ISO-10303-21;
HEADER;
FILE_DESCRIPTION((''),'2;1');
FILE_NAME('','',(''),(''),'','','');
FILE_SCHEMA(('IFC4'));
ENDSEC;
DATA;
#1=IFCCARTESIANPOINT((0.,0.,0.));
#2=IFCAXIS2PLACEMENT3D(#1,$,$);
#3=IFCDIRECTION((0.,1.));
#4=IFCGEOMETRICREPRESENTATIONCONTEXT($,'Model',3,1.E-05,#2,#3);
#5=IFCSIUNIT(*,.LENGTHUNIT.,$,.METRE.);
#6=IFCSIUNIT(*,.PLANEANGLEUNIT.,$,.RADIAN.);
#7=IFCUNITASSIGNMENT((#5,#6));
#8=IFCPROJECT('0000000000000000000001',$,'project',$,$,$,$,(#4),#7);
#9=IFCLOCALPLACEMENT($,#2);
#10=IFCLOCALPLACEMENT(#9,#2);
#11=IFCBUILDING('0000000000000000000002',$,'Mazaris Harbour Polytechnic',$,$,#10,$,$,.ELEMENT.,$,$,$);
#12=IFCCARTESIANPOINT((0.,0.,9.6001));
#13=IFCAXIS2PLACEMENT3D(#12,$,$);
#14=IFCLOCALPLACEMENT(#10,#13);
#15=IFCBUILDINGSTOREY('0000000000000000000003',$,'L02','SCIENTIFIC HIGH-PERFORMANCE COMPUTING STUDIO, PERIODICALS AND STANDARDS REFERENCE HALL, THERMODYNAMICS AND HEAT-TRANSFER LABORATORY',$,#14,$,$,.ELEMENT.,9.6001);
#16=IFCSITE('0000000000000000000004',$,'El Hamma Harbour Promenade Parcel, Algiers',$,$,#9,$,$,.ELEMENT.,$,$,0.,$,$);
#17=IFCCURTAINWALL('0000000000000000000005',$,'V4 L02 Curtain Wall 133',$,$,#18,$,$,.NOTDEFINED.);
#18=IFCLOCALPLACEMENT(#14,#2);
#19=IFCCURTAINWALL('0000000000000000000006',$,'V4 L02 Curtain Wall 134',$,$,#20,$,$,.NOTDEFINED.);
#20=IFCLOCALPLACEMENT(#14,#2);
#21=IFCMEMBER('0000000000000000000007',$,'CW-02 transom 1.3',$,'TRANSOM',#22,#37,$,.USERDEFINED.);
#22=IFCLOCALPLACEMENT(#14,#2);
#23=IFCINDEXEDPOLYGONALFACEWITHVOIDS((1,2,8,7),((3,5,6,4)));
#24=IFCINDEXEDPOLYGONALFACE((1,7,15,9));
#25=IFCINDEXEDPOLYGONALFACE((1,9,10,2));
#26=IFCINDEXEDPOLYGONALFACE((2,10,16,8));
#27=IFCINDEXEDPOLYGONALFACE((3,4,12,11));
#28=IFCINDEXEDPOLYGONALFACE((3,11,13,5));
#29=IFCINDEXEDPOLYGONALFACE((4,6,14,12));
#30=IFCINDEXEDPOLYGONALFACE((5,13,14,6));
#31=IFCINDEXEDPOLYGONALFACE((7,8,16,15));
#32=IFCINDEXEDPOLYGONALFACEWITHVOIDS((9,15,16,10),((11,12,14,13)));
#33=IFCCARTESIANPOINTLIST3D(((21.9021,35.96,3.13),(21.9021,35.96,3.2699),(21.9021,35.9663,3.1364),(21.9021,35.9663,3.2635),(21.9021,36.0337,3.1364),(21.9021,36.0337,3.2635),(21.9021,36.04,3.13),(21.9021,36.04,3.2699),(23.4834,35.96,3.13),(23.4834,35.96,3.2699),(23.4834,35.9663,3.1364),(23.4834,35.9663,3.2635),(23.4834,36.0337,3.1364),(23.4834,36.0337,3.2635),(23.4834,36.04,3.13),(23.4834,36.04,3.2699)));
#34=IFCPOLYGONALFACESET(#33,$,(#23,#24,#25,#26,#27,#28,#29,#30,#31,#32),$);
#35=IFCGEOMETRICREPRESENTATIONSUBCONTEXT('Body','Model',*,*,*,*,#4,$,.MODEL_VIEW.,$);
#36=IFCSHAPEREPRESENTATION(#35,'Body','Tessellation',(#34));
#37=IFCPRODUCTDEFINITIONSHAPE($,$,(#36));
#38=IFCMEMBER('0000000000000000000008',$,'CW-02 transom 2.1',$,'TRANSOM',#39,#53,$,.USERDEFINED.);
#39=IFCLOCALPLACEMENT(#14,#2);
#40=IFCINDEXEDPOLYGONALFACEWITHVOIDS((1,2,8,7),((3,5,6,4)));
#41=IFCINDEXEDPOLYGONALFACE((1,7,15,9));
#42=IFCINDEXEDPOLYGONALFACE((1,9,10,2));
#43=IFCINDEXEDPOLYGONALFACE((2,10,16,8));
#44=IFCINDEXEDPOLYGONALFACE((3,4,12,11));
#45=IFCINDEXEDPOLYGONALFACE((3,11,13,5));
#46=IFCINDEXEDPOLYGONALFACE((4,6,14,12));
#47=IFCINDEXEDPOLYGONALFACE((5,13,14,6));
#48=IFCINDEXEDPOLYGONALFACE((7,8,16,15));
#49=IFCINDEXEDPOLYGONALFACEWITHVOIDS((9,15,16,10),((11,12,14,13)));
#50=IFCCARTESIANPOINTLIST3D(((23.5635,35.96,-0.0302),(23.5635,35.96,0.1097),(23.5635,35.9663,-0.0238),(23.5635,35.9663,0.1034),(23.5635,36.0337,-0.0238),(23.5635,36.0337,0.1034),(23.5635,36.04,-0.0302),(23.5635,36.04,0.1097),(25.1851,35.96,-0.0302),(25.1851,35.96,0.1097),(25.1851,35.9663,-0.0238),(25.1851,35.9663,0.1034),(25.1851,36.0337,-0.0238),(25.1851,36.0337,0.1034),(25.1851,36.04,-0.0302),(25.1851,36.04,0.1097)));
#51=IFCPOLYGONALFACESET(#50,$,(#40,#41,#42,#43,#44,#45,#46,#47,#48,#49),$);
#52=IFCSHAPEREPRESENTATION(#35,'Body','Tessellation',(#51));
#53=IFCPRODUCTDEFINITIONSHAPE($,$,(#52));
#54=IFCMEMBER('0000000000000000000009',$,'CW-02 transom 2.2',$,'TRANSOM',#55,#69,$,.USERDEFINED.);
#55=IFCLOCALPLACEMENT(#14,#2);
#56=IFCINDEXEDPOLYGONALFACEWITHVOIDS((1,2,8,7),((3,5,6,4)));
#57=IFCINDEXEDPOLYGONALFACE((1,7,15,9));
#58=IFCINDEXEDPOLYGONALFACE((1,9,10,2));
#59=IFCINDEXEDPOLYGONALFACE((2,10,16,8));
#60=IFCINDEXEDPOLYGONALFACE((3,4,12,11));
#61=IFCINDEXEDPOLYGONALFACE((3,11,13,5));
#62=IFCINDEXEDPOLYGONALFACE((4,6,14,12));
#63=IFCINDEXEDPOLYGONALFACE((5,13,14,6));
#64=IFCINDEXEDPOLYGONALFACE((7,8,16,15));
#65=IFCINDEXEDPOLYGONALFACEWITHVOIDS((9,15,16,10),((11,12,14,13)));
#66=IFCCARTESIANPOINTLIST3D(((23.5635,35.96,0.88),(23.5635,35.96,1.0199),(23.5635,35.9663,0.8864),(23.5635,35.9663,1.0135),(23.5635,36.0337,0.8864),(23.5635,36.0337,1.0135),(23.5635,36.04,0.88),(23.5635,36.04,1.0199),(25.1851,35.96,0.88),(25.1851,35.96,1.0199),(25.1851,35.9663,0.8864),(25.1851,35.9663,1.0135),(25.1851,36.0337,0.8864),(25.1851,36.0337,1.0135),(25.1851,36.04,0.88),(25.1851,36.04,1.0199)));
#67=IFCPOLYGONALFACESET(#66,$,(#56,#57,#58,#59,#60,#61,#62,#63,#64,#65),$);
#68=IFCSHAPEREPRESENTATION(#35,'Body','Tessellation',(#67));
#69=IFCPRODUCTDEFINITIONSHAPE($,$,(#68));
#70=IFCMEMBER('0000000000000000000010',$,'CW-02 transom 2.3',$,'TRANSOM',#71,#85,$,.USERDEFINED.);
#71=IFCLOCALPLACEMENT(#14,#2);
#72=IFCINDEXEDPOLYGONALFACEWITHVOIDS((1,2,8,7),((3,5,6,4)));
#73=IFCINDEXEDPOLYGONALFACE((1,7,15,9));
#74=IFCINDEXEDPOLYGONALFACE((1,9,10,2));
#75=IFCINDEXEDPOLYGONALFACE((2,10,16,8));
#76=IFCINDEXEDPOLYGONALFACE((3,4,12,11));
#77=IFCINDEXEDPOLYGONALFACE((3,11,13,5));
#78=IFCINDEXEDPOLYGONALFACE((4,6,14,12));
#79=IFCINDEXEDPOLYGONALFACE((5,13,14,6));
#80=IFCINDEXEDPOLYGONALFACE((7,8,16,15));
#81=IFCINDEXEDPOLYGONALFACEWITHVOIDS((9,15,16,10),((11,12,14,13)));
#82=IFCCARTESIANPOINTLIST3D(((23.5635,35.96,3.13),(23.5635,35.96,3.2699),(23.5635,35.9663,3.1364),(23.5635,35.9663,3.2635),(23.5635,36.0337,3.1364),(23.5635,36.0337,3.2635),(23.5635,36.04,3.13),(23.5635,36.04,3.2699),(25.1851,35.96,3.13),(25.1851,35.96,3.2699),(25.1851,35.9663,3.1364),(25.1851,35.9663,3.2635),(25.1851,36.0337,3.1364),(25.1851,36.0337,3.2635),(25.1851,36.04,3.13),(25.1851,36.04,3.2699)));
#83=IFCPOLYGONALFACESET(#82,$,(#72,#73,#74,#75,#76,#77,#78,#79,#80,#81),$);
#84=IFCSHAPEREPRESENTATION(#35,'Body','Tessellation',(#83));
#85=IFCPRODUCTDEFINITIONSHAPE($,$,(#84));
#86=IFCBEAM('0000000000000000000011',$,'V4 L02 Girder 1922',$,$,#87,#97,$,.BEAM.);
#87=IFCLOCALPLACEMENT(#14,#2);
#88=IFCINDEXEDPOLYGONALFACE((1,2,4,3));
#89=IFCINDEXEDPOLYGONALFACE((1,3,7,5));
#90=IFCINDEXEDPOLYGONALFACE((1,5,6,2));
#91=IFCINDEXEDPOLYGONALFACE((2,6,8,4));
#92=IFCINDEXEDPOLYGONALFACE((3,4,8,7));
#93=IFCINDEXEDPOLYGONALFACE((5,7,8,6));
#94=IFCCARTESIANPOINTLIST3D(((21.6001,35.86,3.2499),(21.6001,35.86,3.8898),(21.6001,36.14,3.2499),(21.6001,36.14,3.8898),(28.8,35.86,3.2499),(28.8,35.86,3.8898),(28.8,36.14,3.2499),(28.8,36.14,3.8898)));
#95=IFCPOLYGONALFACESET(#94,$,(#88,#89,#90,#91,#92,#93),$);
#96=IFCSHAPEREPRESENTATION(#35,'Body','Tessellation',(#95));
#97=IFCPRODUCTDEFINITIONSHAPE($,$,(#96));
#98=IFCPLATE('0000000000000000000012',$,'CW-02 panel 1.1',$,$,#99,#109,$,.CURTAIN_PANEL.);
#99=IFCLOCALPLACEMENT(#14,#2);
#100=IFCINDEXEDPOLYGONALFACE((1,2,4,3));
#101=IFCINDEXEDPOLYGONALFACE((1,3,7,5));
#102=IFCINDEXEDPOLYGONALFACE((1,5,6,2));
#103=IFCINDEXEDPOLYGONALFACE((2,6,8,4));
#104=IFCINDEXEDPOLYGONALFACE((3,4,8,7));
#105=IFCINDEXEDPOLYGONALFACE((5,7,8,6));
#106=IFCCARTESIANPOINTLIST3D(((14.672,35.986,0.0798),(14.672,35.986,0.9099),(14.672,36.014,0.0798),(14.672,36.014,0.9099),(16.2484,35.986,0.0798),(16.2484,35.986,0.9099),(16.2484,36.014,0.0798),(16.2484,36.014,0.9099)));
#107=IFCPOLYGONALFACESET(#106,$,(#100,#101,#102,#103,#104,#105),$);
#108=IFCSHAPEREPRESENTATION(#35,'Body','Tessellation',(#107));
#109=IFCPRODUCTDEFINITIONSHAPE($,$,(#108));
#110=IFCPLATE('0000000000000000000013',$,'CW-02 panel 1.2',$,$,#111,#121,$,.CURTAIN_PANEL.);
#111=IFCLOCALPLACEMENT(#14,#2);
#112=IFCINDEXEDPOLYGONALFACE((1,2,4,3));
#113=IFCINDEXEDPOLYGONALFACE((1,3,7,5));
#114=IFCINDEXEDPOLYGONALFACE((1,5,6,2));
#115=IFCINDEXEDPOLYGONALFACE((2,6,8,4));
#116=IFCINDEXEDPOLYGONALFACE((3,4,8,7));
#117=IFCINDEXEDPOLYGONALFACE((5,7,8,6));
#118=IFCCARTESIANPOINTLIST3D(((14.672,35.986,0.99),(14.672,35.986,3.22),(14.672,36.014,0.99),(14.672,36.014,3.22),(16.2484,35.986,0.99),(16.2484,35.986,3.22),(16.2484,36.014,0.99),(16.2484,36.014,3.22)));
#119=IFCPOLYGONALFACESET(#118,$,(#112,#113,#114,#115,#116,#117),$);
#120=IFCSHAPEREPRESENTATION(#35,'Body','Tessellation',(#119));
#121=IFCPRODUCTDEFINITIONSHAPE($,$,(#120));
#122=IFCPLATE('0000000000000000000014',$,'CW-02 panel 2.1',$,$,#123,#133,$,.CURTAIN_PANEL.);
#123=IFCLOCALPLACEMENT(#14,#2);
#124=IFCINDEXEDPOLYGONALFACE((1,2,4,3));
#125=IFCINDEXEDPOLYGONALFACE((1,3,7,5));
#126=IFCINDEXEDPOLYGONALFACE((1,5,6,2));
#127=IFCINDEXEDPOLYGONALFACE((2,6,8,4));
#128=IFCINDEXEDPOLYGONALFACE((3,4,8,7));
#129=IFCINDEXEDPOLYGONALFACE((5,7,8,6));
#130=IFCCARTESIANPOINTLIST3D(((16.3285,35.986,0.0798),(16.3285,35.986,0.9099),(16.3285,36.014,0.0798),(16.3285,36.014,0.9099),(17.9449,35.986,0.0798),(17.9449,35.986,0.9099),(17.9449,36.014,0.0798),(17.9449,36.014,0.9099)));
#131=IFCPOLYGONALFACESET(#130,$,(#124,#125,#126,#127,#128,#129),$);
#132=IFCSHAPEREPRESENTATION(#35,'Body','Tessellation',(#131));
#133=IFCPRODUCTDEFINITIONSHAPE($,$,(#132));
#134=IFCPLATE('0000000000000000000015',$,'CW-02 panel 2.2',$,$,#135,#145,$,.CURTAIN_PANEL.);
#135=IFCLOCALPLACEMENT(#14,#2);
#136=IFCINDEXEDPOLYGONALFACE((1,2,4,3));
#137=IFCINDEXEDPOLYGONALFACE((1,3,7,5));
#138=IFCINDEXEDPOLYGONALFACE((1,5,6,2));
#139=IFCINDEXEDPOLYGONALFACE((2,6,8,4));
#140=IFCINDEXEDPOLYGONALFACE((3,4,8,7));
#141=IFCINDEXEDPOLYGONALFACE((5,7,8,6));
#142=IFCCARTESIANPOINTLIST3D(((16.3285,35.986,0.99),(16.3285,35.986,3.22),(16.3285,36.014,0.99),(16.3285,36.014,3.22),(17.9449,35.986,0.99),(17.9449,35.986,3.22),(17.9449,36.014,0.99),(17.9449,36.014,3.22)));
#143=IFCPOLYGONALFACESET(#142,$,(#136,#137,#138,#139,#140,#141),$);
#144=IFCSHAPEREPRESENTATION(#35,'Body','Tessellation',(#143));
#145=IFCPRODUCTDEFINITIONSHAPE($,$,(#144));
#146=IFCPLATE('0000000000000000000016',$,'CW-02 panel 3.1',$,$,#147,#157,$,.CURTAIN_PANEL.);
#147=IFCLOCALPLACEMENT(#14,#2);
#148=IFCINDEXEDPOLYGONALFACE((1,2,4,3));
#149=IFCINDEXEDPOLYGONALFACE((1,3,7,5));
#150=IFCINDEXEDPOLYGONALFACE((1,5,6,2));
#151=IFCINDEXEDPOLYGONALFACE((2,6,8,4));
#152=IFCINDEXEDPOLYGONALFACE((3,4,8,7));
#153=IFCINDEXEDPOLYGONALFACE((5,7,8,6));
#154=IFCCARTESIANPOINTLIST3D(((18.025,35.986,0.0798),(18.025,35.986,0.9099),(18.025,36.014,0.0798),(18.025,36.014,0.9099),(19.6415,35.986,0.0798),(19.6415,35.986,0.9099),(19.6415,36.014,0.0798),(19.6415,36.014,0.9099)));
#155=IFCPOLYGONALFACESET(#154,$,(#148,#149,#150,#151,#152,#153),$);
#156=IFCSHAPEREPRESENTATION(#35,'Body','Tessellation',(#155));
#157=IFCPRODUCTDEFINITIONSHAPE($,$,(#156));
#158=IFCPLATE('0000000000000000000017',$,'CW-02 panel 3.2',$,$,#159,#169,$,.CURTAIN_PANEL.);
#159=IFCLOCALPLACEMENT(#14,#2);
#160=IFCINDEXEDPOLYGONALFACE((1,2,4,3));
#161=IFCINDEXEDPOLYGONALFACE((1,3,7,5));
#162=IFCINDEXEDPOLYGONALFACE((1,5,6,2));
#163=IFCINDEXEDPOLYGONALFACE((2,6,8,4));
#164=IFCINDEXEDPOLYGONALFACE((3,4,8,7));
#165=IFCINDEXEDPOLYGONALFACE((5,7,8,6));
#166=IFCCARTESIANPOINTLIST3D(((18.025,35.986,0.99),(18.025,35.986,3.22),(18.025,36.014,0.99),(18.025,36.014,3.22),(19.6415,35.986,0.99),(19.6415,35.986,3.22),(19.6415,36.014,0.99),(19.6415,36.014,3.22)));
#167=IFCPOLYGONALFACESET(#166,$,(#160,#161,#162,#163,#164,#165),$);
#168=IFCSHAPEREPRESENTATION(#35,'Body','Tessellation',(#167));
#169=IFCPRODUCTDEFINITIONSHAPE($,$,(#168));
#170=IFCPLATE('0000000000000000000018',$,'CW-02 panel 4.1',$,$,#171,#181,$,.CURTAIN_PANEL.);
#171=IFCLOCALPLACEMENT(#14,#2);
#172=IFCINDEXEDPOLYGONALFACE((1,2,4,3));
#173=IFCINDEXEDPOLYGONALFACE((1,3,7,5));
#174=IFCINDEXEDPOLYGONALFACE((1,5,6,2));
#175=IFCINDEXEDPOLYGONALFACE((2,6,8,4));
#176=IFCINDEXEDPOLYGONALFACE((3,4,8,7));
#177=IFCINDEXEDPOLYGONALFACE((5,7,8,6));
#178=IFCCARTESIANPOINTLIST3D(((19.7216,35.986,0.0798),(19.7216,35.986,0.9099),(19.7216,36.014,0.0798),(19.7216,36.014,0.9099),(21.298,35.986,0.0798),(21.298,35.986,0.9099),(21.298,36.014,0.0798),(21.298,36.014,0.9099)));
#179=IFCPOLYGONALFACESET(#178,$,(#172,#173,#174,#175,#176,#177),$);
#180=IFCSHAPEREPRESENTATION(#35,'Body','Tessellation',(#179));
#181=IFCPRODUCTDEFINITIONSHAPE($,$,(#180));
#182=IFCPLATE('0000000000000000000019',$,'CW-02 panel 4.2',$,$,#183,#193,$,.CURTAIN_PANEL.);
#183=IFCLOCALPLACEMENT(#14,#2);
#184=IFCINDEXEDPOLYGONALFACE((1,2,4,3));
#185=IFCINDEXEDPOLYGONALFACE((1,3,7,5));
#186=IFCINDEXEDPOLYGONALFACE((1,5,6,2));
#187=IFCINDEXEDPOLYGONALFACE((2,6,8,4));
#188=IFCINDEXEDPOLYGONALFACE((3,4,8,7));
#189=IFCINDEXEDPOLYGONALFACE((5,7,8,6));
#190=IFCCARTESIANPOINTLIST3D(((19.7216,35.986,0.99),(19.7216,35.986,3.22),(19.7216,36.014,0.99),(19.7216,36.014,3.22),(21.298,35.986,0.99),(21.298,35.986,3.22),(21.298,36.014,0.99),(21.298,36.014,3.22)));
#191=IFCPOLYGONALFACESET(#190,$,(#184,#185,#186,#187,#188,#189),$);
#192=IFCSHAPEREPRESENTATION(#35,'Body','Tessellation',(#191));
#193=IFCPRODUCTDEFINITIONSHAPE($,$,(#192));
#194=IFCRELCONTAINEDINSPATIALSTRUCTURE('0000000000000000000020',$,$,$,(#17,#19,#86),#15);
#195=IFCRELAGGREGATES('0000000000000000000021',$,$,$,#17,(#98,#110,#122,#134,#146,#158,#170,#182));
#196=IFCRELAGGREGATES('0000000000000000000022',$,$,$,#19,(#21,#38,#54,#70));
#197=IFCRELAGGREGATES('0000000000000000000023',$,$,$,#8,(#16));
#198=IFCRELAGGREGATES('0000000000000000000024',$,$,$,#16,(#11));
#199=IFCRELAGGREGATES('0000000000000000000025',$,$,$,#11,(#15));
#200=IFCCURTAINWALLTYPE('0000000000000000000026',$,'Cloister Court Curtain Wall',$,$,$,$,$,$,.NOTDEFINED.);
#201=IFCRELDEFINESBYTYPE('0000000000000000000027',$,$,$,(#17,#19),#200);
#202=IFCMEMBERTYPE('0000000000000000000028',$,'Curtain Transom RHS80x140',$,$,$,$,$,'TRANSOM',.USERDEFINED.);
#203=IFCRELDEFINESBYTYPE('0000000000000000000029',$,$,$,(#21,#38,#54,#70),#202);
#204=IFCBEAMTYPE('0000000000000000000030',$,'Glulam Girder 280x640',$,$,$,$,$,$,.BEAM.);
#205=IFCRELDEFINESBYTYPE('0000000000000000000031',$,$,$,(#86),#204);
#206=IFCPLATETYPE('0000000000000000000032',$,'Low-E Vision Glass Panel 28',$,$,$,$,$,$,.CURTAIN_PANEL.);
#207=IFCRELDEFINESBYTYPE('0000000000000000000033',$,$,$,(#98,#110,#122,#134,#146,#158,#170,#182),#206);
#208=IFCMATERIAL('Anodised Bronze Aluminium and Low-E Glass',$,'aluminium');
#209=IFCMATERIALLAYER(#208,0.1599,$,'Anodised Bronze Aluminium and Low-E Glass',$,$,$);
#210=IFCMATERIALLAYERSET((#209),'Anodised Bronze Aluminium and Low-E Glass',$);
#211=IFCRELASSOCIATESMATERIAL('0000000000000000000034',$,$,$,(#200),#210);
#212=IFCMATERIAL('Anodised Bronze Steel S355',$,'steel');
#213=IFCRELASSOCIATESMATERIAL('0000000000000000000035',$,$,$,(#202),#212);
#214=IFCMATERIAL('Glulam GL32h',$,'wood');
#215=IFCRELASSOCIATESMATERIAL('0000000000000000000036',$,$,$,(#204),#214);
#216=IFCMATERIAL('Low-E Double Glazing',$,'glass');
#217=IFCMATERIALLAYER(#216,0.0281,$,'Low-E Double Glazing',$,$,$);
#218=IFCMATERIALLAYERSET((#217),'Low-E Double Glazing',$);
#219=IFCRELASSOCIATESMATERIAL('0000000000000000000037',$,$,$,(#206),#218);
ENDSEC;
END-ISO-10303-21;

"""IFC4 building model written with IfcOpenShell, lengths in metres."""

from ifc_helpers import new_model, si_unit, direction, frame, origin, origin_2d, place, context, subcontext, project, spatial, rectangle, hollow_rectangle, extrude, material, layer, layer_set, material_profile, profile_set, type_object, element, aggregate, save


model = new_model("IFC4")

# Units and contexts
model_context = context("Model", 3, precision=1e-05, world=origin(), true_north=direction((0.0, 1.0)))
body_context = subcontext(model_context, "Body", "Model", "MODEL_VIEW")
ifc_project = project(units=[si_unit("LENGTHUNIT", "METRE"), si_unit("PLANEANGLEUNIT", "RADIAN")], contexts=[model_context])

# Site, building, storey
site_placement = place(None, origin())
site = spatial("IfcSite", under=ifc_project, at=site_placement, Name="El Hamma Harbour Promenade Parcel, Algiers", CompositionType="ELEMENT", RefElevation=0.0)
building_placement = place(site_placement, origin())
building = spatial("IfcBuilding", under=site, at=building_placement, Name="Mazaris Harbour Polytechnic", CompositionType="ELEMENT")
storey_placement = place(building_placement, frame((0.0, 0.0, 9.6001)))
storey = spatial("IfcBuildingStorey", under=building, at=storey_placement, Name="L02", Description="SCIENTIFIC HIGH-PERFORMANCE COMPUTING STUDIO, PERIODICALS AND STANDARDS REFERENCE HALL, THERMODYNAMICS AND HEAT-TRANSFER LABORATORY", CompositionType="ELEMENT", Elevation=9.6001)

# Curtain walls
ifc_material_1 = material(Name="Anodised Bronze Aluminium and Low-E Glass", Category="aluminium")
ifc_layer_1 = layer(ifc_material_1, 0.1599, Name="Anodised Bronze Aluminium and Low-E Glass")
ifc_layer_set_1 = layer_set([ifc_layer_1], Name="Anodised Bronze Aluminium and Low-E Glass")
curtain_wall_type = type_object("IfcCurtainWallType", Name="Cloister Court Curtain Wall", PredefinedType="NOTDEFINED", material=ifc_layer_set_1)
curtain_wall_1_placement = place(storey_placement, origin())
curtain_wall_1 = element("IfcCurtainWall", 1, at=curtain_wall_1_placement, inside=storey, type_object=curtain_wall_type, Name="V4 L02 Curtain Wall 133", PredefinedType="NOTDEFINED")
curtain_wall_2_placement = place(storey_placement, origin())
curtain_wall_2 = element("IfcCurtainWall", 2, at=curtain_wall_2_placement, inside=storey, type_object=curtain_wall_type, Name="V4 L02 Curtain Wall 134", PredefinedType="NOTDEFINED")

# Members
ifc_material_2 = material(Name="Anodised Bronze Steel S355", Category="steel")
ifc_material_profile_1 = material_profile(ifc_material_2, hollow_rectangle(XDim=0.0801, YDim=0.1399, WallThickness=0.0063, at=origin_2d()), Name="RHS 80x140x6.3")
ifc_profile_set_1 = profile_set([ifc_material_profile_1], Name="Anodised Bronze Steel S355")
member_type_1 = type_object("IfcMemberType", Name="Curtain Transom RHS80x140", ElementType="TRANSOM", PredefinedType="USERDEFINED", material=ifc_profile_set_1)
member_1_placement = place(storey_placement, frame((21.9021, 36.0, 3.2), z_axis=(1.0, 0.0, 0.0), x_axis=(0.0, 1.0, 0.0)))
member_1 = element("IfcMember", 3, at=member_1_placement, type_object=member_type_1, Name="CW-02 transom 1.3", ObjectType="TRANSOM", PredefinedType="USERDEFINED", context=body_context, shape_type="SweptSolid", body=[
    extrude(hollow_rectangle(XDim=0.0801, YDim=0.1399, WallThickness=0.0063, at=origin_2d()), origin(), (0.0, 0.0, 1.0), 1.5813),
])
member_2_placement = place(storey_placement, frame((23.5635, 36.0, 0.0398), z_axis=(1.0, 0.0, 0.0), x_axis=(0.0, 1.0, 0.0)))
member_2 = element("IfcMember", 4, at=member_2_placement, type_object=member_type_1, Name="CW-02 transom 2.1", ObjectType="TRANSOM", PredefinedType="USERDEFINED", context=body_context, shape_type="SweptSolid", body=[
    extrude(hollow_rectangle(XDim=0.0801, YDim=0.1399, WallThickness=0.0063, at=origin_2d()), origin(), (0.0, 0.0, 1.0), 1.6216),
])
member_3_placement = place(storey_placement, frame((23.5635, 36.0, 0.95), z_axis=(1.0, 0.0, 0.0), x_axis=(0.0, 1.0, 0.0)))
member_3 = element("IfcMember", 5, at=member_3_placement, type_object=member_type_1, Name="CW-02 transom 2.2", ObjectType="TRANSOM", PredefinedType="USERDEFINED", context=body_context, shape_type="SweptSolid", body=[
    extrude(hollow_rectangle(XDim=0.0801, YDim=0.1399, WallThickness=0.0063, at=origin_2d()), origin(), (0.0, 0.0, 1.0), 1.6216),
])
member_4_placement = place(storey_placement, frame((23.5635, 36.0, 3.2), z_axis=(1.0, 0.0, 0.0), x_axis=(0.0, 1.0, 0.0)))
member_4 = element("IfcMember", 6, at=member_4_placement, type_object=member_type_1, Name="CW-02 transom 2.3", ObjectType="TRANSOM", PredefinedType="USERDEFINED", context=body_context, shape_type="SweptSolid", body=[
    extrude(hollow_rectangle(XDim=0.0801, YDim=0.1399, WallThickness=0.0063, at=origin_2d()), origin(), (0.0, 0.0, 1.0), 1.6216),
])

# Beam
ifc_material_3 = material(Name="Glulam GL32h", Category="wood")
ifc_material_profile_2 = material_profile(ifc_material_3, rectangle(XDim=0.28, YDim=0.6399, at=origin_2d()), Name="RECT280x640")
ifc_profile_set_2 = profile_set([ifc_material_profile_2], Name="Glulam GL32h")
beam_type = type_object("IfcBeamType", Name="Glulam Girder 280x640", PredefinedType="BEAM", material=ifc_profile_set_2)
beam_placement = place(storey_placement, frame((21.6001, 36.0, 3.5698), z_axis=(1.0, 0.0, 0.0), x_axis=(0.0, 1.0, 0.0)))
element("IfcBeam", 7, at=beam_placement, inside=storey, type_object=beam_type, Name="V4 L02 Girder 1922", PredefinedType="BEAM", context=body_context, shape_type="SweptSolid", body=[
    extrude(rectangle(XDim=0.28, YDim=0.6399, at=origin_2d()), origin(), (0.0, 0.0, 1.0), 7.2),
])

# Plates
ifc_material_4 = material(Name="Low-E Double Glazing", Category="glass")
ifc_layer_2 = layer(ifc_material_4, 0.0281, Name="Low-E Double Glazing")
ifc_layer_set_2 = layer_set([ifc_layer_2], Name="Low-E Double Glazing")
plate_type = type_object("IfcPlateType", Name="Low-E Vision Glass Panel 28", PredefinedType="CURTAIN_PANEL", material=ifc_layer_set_2)
plate_1_placement = place(storey_placement, frame((15.4602, 36.0, 0.0798), z_axis=(0.0, 0.0, 1.0), x_axis=(1.0, 0.0, 0.0)))
plate_1 = element("IfcPlate", 8, at=plate_1_placement, type_object=plate_type, Name="CW-02 panel 1.1", PredefinedType="CURTAIN_PANEL", context=body_context, shape_type="SweptSolid", body=[
    extrude(rectangle(XDim=1.5764, YDim=0.0281, at=origin_2d()), origin(), (0.0, 0.0, 1.0), 0.8301),
])
plate_2_placement = place(storey_placement, frame((15.4602, 36.0, 0.99), z_axis=(0.0, 0.0, 1.0), x_axis=(1.0, 0.0, 0.0)))
plate_2 = element("IfcPlate", 9, at=plate_2_placement, type_object=plate_type, Name="CW-02 panel 1.2", PredefinedType="CURTAIN_PANEL", context=body_context, shape_type="SweptSolid", body=[
    extrude(rectangle(XDim=1.5764, YDim=0.0281, at=origin_2d()), origin(), (0.0, 0.0, 1.0), 2.23),
])
plate_3_placement = place(storey_placement, frame((17.1367, 36.0, 0.0798), z_axis=(0.0, 0.0, 1.0), x_axis=(1.0, 0.0, 0.0)))
plate_3 = element("IfcPlate", 10, at=plate_3_placement, type_object=plate_type, Name="CW-02 panel 2.1", PredefinedType="CURTAIN_PANEL", context=body_context, shape_type="SweptSolid", body=[
    extrude(rectangle(XDim=1.6165, YDim=0.0281, at=origin_2d()), origin(), (0.0, 0.0, 1.0), 0.8301),
])
plate_4_placement = place(storey_placement, frame((17.1367, 36.0, 0.99), z_axis=(0.0, 0.0, 1.0), x_axis=(1.0, 0.0, 0.0)))
plate_4 = element("IfcPlate", 11, at=plate_4_placement, type_object=plate_type, Name="CW-02 panel 2.2", PredefinedType="CURTAIN_PANEL", context=body_context, shape_type="SweptSolid", body=[
    extrude(rectangle(XDim=1.6165, YDim=0.0281, at=origin_2d()), origin(), (0.0, 0.0, 1.0), 2.23),
])
plate_5_placement = place(storey_placement, frame((18.8333, 36.0, 0.0798), z_axis=(0.0, 0.0, 1.0), x_axis=(1.0, 0.0, 0.0)))
plate_5 = element("IfcPlate", 12, at=plate_5_placement, type_object=plate_type, Name="CW-02 panel 3.1", PredefinedType="CURTAIN_PANEL", context=body_context, shape_type="SweptSolid", body=[
    extrude(rectangle(XDim=1.6165, YDim=0.0281, at=origin_2d()), origin(), (0.0, 0.0, 1.0), 0.8301),
])
plate_6_placement = place(storey_placement, frame((18.8333, 36.0, 0.99), z_axis=(0.0, 0.0, 1.0), x_axis=(1.0, 0.0, 0.0)))
plate_6 = element("IfcPlate", 13, at=plate_6_placement, type_object=plate_type, Name="CW-02 panel 3.2", PredefinedType="CURTAIN_PANEL", context=body_context, shape_type="SweptSolid", body=[
    extrude(rectangle(XDim=1.6165, YDim=0.0281, at=origin_2d()), origin(), (0.0, 0.0, 1.0), 2.23),
])
plate_7_placement = place(storey_placement, frame((20.5098, 36.0, 0.0798), z_axis=(0.0, 0.0, 1.0), x_axis=(1.0, 0.0, 0.0)))
plate_7 = element("IfcPlate", 14, at=plate_7_placement, type_object=plate_type, Name="CW-02 panel 4.1", PredefinedType="CURTAIN_PANEL", context=body_context, shape_type="SweptSolid", body=[
    extrude(rectangle(XDim=1.5764, YDim=0.0281, at=origin_2d()), origin(), (0.0, 0.0, 1.0), 0.8301),
])
plate_8_placement = place(storey_placement, frame((20.5098, 36.0, 0.99), z_axis=(0.0, 0.0, 1.0), x_axis=(1.0, 0.0, 0.0)))
plate_8 = element("IfcPlate", 15, at=plate_8_placement, type_object=plate_type, Name="CW-02 panel 4.2", PredefinedType="CURTAIN_PANEL", context=body_context, shape_type="SweptSolid", body=[
    extrude(rectangle(XDim=1.5764, YDim=0.0281, at=origin_2d()), origin(), (0.0, 0.0, 1.0), 2.23),
])
aggregate(curtain_wall_1, [plate_1, plate_2, plate_3, plate_4, plate_5, plate_6, plate_7, plate_8])
aggregate(curtain_wall_2, [member_1, member_2, member_3, member_4])

save(model, "model.ifc")
